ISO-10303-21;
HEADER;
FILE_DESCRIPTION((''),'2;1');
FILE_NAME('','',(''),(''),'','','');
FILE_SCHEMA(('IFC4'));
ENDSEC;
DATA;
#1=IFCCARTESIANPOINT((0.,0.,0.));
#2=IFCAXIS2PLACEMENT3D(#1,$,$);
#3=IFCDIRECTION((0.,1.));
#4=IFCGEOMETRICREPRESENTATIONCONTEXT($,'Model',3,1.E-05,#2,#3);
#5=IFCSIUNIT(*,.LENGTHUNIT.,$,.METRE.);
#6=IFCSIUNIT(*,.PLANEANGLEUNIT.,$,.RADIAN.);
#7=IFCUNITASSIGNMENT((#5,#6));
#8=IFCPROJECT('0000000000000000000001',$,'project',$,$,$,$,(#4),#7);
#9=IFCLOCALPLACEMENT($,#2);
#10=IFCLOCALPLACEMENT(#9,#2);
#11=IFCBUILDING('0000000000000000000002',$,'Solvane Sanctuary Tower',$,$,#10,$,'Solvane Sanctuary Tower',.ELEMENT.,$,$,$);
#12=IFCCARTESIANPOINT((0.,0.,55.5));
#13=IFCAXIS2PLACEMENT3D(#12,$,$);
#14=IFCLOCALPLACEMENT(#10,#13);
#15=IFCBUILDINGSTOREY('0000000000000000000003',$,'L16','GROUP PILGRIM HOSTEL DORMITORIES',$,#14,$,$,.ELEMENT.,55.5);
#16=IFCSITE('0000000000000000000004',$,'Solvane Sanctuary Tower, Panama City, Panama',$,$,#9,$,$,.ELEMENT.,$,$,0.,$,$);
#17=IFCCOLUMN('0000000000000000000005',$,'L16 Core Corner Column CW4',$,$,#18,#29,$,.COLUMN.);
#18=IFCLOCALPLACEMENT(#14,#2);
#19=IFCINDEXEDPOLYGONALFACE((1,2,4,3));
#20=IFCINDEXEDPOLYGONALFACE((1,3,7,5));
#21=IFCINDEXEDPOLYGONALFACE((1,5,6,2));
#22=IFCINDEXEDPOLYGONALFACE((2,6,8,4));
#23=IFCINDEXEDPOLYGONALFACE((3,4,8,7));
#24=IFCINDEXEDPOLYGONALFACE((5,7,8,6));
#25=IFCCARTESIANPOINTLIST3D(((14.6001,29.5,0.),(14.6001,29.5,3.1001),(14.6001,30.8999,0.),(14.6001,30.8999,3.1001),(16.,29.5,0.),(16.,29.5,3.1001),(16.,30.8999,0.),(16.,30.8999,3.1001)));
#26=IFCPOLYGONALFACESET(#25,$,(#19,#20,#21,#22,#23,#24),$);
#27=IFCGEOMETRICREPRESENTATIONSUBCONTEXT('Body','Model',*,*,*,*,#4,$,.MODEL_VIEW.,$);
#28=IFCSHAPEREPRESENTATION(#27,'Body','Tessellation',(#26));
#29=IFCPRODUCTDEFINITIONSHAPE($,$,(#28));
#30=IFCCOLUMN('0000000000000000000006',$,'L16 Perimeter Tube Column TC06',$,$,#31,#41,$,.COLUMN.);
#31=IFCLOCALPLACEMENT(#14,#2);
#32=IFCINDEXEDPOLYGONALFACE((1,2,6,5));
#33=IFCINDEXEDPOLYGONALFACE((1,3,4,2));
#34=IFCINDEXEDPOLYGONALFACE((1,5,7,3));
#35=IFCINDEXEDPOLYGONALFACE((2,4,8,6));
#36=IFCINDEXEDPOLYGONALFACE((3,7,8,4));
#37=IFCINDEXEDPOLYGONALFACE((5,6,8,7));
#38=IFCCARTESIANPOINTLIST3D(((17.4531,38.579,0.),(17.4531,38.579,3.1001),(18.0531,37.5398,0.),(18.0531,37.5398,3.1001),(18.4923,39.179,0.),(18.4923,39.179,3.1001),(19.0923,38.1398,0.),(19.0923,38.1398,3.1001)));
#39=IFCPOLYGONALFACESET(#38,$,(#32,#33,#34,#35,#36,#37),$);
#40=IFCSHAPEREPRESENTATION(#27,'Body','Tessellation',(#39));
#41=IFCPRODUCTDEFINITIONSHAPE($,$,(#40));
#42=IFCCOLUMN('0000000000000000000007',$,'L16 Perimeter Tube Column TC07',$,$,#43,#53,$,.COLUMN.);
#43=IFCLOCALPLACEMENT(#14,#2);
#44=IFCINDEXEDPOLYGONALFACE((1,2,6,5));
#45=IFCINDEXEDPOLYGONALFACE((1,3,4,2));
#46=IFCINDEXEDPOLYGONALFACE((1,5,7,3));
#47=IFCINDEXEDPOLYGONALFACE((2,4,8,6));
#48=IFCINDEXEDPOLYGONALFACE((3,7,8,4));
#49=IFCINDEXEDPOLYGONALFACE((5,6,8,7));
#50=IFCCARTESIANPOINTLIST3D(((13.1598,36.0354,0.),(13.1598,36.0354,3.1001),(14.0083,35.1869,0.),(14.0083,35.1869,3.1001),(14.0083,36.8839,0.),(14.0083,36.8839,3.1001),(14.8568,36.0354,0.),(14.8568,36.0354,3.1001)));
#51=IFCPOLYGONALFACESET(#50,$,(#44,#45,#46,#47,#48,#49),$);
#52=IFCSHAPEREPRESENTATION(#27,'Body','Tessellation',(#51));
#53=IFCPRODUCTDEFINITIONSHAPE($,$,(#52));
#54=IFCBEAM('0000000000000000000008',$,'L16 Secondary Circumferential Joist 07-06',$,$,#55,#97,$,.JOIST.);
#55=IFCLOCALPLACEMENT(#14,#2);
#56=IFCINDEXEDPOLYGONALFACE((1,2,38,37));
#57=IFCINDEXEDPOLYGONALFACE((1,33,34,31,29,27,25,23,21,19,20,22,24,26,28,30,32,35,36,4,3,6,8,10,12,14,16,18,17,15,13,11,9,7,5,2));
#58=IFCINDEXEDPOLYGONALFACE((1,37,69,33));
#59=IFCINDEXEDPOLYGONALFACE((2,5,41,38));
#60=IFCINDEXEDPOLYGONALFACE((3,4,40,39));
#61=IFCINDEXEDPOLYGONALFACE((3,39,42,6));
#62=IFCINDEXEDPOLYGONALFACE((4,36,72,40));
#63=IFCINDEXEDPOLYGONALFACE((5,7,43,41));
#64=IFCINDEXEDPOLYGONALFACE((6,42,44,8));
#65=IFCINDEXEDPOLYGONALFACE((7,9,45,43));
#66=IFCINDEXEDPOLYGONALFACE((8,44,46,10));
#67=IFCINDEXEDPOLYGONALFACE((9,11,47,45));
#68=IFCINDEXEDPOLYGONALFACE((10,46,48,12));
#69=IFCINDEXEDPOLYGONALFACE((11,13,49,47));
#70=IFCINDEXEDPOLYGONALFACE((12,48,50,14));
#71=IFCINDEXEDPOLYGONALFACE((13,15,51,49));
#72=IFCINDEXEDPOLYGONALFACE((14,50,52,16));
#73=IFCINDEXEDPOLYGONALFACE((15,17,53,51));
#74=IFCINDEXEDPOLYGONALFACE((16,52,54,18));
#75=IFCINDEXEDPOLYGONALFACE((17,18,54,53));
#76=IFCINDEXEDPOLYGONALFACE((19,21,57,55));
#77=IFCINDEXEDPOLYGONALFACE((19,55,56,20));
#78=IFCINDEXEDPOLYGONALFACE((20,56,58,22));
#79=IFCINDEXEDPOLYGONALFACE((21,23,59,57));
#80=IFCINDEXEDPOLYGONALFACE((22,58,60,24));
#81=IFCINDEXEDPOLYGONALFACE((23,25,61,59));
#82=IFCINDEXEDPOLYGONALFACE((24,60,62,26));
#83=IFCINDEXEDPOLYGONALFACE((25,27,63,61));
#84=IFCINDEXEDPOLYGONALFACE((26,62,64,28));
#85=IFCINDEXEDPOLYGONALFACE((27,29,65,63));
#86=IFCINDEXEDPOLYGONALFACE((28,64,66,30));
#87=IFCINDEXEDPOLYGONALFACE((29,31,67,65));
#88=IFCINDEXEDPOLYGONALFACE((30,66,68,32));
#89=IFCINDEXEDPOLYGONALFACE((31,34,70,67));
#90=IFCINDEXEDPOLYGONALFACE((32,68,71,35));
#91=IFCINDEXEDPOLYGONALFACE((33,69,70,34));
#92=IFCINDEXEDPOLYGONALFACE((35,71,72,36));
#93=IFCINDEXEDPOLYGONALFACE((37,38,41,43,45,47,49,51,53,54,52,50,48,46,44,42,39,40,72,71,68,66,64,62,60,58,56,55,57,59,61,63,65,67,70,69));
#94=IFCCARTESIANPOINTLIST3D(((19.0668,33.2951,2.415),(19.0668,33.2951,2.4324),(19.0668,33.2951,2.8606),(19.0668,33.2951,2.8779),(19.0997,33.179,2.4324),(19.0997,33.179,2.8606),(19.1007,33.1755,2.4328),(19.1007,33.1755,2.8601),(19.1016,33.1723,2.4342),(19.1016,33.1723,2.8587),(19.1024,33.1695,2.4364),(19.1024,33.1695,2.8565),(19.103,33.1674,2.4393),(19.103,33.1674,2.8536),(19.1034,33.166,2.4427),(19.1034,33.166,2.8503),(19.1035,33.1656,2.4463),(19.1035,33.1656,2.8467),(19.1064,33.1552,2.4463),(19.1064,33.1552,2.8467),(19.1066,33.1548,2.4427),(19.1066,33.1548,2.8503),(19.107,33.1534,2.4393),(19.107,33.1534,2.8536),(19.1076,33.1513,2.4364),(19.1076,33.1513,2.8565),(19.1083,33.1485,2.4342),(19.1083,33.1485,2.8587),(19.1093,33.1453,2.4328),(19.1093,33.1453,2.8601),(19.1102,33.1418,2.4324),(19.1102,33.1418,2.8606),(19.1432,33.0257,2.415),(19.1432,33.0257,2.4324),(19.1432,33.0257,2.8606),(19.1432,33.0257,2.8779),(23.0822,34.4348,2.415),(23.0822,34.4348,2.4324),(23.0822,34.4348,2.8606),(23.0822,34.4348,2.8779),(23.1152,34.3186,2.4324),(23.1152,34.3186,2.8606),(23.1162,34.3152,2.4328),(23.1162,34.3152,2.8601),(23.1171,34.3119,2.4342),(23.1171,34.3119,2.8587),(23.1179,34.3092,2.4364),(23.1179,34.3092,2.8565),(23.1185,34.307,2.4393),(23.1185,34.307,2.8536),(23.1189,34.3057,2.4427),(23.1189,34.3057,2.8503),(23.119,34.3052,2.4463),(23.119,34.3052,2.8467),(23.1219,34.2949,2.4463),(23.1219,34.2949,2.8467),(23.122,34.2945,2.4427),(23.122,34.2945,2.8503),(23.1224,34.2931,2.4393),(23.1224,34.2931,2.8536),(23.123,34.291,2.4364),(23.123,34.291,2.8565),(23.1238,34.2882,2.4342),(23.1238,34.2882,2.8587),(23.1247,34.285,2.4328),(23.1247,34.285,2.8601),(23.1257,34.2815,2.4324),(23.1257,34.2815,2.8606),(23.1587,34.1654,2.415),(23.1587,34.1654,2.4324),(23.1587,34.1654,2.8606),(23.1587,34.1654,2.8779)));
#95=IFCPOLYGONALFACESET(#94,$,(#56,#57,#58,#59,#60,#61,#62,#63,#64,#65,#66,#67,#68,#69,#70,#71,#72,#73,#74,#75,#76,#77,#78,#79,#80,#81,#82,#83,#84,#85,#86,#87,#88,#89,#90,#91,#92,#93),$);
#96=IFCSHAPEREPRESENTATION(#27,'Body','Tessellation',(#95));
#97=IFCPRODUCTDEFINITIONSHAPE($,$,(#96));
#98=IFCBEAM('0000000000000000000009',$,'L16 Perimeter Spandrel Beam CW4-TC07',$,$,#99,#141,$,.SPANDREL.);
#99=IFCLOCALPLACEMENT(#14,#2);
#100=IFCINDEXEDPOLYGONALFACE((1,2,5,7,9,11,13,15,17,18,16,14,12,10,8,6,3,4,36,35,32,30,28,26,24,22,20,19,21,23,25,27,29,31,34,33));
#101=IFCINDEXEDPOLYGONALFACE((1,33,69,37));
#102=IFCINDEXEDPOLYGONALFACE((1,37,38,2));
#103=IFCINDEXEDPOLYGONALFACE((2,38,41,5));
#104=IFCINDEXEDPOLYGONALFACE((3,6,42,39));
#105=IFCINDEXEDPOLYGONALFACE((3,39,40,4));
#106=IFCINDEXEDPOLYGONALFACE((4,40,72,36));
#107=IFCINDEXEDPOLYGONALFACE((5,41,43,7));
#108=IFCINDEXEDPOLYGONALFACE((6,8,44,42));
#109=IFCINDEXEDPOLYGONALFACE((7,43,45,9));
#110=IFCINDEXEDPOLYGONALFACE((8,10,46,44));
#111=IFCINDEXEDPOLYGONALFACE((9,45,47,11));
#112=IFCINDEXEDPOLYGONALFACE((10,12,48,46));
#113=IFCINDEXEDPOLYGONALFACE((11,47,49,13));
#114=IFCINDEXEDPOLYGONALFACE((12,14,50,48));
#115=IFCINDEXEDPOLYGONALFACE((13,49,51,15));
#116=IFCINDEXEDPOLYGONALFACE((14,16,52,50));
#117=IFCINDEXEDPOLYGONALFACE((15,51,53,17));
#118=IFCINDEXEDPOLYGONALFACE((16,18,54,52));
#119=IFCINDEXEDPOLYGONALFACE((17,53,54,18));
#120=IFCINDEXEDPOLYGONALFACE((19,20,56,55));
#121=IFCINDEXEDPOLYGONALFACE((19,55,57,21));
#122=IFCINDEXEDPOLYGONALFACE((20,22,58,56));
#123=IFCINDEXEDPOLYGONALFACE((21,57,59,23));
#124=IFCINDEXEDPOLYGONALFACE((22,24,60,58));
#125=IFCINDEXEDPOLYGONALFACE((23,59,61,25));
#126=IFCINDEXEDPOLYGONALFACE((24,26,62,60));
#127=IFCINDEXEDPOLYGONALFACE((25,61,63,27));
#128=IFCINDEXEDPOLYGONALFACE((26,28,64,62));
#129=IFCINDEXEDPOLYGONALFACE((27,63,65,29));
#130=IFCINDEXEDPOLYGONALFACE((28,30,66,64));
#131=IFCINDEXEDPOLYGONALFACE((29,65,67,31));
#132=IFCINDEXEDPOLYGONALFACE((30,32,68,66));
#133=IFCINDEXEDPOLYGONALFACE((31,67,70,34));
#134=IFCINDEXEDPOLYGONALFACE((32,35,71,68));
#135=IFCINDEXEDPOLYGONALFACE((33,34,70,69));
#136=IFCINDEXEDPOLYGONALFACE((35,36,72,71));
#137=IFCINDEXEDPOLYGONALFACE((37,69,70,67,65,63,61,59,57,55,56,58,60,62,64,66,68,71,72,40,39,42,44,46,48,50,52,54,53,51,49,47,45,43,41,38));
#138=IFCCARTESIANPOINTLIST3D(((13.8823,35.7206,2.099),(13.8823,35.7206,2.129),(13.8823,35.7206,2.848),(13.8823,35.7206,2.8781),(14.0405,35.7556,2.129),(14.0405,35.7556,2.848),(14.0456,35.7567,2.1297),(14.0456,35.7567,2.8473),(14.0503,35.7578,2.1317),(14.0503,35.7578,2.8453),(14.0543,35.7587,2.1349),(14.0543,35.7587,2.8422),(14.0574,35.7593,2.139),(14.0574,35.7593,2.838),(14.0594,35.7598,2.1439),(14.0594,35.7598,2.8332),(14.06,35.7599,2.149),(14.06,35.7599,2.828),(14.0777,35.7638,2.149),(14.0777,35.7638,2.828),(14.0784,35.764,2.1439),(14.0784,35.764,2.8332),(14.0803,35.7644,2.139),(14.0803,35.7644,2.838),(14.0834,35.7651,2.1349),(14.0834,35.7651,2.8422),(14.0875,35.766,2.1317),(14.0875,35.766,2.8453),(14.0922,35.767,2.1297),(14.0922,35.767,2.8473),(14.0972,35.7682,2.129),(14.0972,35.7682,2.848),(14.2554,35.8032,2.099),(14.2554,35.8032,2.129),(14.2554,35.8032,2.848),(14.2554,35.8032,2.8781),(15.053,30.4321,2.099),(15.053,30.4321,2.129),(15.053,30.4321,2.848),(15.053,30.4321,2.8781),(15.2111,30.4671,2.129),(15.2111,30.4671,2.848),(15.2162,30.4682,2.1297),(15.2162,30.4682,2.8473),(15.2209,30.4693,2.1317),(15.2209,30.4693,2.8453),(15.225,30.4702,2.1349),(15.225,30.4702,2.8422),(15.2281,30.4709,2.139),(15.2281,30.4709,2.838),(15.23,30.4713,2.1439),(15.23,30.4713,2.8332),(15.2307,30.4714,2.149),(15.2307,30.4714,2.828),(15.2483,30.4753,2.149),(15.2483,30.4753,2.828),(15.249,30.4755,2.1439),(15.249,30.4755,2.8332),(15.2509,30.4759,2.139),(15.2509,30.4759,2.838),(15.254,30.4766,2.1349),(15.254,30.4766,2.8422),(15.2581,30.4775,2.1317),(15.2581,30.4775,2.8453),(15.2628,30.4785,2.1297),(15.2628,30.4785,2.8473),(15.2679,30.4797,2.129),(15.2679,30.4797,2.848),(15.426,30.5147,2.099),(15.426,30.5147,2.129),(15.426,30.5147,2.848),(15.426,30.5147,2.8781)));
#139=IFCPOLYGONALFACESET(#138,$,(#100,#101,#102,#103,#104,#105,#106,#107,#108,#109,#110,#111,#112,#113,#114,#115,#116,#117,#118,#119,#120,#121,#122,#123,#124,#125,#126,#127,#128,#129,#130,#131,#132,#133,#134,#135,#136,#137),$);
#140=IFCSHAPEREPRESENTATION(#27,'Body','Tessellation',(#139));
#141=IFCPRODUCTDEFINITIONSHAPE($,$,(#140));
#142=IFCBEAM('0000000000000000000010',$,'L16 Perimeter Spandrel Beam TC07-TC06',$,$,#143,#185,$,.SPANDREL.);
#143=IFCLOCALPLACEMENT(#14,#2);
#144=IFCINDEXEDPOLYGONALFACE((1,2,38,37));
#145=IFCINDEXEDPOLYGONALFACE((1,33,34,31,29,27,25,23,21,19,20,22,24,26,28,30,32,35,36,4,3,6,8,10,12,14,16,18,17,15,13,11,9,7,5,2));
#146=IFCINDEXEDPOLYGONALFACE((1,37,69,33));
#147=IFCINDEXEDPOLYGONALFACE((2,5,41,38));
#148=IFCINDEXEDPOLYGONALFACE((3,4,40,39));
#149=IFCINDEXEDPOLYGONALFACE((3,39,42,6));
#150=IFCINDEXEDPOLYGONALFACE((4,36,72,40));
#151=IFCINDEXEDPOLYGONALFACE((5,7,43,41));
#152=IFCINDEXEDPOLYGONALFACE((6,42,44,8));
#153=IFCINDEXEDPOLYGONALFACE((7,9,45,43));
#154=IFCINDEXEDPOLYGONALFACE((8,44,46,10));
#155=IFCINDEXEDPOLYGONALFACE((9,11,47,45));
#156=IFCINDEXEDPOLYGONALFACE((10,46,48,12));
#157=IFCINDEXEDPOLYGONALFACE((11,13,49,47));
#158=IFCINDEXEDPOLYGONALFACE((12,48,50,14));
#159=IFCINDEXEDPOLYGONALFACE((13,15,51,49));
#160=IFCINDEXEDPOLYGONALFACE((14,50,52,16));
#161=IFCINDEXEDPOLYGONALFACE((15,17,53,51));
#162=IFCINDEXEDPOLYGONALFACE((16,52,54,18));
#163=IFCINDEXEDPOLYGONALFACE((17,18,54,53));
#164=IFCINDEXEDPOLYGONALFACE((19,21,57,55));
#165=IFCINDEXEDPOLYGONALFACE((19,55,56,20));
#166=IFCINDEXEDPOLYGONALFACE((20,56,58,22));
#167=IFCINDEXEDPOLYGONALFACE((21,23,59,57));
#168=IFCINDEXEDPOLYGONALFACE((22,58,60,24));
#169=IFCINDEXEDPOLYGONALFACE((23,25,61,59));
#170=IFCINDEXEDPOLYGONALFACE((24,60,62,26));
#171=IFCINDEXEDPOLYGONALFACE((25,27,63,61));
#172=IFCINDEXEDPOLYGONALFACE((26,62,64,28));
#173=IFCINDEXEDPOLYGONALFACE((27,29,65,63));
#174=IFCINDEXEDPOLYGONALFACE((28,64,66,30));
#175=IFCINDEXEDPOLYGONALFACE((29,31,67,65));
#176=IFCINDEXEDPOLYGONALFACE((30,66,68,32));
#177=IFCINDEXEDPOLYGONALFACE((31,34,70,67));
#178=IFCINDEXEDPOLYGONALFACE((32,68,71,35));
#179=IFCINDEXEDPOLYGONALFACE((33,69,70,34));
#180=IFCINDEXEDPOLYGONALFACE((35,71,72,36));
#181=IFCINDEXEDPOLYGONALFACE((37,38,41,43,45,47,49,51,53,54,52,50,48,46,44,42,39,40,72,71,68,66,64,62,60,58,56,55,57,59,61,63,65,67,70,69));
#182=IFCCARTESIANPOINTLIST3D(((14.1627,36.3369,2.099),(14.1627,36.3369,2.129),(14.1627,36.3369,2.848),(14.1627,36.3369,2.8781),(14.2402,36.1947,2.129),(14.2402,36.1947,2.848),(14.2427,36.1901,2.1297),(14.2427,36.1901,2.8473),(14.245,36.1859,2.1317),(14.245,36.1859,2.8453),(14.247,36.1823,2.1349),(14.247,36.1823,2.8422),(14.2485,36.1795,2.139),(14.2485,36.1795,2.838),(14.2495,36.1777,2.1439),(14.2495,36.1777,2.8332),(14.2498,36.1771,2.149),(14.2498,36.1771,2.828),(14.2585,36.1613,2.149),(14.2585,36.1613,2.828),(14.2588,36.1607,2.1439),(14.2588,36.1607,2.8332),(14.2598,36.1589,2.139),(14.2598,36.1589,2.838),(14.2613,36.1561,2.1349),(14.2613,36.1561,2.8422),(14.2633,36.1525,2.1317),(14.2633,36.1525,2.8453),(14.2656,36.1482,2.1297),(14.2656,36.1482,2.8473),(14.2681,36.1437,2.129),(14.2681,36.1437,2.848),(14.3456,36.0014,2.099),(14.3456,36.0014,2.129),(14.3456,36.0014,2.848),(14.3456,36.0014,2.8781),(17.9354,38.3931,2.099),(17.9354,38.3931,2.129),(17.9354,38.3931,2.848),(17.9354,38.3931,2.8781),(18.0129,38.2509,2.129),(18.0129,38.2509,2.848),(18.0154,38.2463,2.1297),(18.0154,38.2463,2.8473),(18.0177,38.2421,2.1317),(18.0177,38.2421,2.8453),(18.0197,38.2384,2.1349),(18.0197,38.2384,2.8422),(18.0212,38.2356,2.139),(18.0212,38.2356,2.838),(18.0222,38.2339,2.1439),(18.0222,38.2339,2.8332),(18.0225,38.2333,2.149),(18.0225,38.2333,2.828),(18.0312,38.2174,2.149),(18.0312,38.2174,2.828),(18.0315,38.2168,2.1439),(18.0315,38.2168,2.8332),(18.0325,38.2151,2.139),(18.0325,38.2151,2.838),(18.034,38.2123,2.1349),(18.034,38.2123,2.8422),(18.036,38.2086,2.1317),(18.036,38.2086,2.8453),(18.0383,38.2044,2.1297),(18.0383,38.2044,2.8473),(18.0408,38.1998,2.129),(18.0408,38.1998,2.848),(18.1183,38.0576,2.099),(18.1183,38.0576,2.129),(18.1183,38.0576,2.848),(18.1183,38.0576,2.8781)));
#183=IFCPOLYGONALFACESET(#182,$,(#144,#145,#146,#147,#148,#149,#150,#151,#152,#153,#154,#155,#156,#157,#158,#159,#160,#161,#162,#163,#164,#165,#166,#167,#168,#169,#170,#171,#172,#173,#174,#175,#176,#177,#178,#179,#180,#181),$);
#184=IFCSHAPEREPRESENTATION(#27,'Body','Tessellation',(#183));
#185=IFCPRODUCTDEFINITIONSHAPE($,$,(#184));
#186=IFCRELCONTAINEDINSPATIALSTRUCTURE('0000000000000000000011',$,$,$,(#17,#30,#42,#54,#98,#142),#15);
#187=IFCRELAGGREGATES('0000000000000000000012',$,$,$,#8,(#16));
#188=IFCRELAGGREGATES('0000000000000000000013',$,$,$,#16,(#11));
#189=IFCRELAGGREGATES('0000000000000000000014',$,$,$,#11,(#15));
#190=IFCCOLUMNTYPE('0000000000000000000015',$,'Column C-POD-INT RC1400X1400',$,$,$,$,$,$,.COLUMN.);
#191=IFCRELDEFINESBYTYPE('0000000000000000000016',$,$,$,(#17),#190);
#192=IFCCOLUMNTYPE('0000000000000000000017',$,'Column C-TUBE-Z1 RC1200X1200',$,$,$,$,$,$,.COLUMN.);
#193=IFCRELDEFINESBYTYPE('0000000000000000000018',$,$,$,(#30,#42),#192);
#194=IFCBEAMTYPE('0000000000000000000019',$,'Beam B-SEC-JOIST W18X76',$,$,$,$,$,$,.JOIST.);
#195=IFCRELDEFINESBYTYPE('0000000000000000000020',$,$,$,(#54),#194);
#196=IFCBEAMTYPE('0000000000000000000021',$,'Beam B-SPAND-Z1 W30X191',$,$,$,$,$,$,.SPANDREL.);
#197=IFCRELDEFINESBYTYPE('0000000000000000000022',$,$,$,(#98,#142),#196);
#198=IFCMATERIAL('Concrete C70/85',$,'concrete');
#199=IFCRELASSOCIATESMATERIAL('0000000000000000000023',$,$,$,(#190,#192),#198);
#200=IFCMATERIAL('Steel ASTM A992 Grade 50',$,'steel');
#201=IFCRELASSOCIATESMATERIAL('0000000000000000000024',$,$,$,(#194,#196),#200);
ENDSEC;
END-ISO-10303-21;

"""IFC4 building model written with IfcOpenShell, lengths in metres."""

from ifc_helpers import new_model, si_unit, direction, frame, origin, origin_2d, place, context, subcontext, project, spatial, rectangle, i_section, extrude, material, material_profile, profile_set, type_object, element, save


model = new_model("IFC4")

# Units and contexts
model_context = context("Model", 3, precision=1e-05, world=origin(), true_north=direction((0.0, 1.0)))
body_context = subcontext(model_context, "Body", "Model", "MODEL_VIEW")
ifc_project = project(units=[si_unit("LENGTHUNIT", "METRE"), si_unit("PLANEANGLEUNIT", "RADIAN")], contexts=[model_context])

# Site, building, storey
site_placement = place(None, origin())
site = spatial("IfcSite", under=ifc_project, at=site_placement, Name="Solvane Sanctuary Tower, Panama City, Panama", CompositionType="ELEMENT", RefElevation=0.0)
building_placement = place(site_placement, origin())
building = spatial("IfcBuilding", under=site, at=building_placement, Name="Solvane Sanctuary Tower", LongName="Solvane Sanctuary Tower", CompositionType="ELEMENT")
storey_placement = place(building_placement, frame((0.0, 0.0, 55.5)))
storey = spatial("IfcBuildingStorey", under=building, at=storey_placement, Name="L16", Description="GROUP PILGRIM HOSTEL DORMITORIES", CompositionType="ELEMENT", Elevation=55.5)

# Columns
ifc_material_1 = material(Name="Concrete C70/85", Category="concrete")
ifc_material_profile_1 = material_profile(ifc_material_1, rectangle(XDim=1.3999, YDim=1.3999, at=origin_2d()), Name="RC1400X1400")
ifc_profile_set_1 = profile_set([ifc_material_profile_1], Name="Concrete C70/85")
column_type_1 = type_object("IfcColumnType", Name="Column C-POD-INT RC1400X1400", PredefinedType="COLUMN", material=ifc_profile_set_1)
column_placement = place(storey_placement, frame((15.3, 30.2, 0.0), z_axis=(0.0, 0.0, 1.0), x_axis=(1.0, 0.0, 0.0)))
element("IfcColumn", 1, at=column_placement, inside=storey, type_object=column_type_1, Name="L16 Core Corner Column CW4", PredefinedType="COLUMN", context=body_context, shape_type="SweptSolid", body=[
    extrude(rectangle(XDim=1.3999, YDim=1.3999, at=origin_2d()), origin(), (0.0, 0.0, 1.0), 3.1001),
])
ifc_material_profile_2 = material_profile(ifc_material_1, rectangle(XDim=1.2, YDim=1.2, at=origin_2d()), Name="RC1200X1200")
ifc_profile_set_2 = profile_set([ifc_material_profile_2], Name="Concrete C70/85")
column_type_2 = type_object("IfcColumnType", Name="Column C-TUBE-Z1 RC1200X1200", PredefinedType="COLUMN", material=ifc_profile_set_2)
for number, where, z_axis, x_axis, name in (
    (2, (18.2727, 38.3594, 0.0), (0.0, 0.0, 1.0), (-0.5, 0.866025, 0.0), "L16 Perimeter Tube Column TC06"),
    (3, (14.0083, 36.0354, 0.0), (0.0, 0.0, 1.0), (-0.707107, 0.707107, 0.0), "L16 Perimeter Tube Column TC07"),
):
    element("IfcColumn", number, at=place(storey_placement, frame(where, z_axis=z_axis, x_axis=x_axis)), inside=storey, type_object=column_type_2, Name=name, PredefinedType="COLUMN", context=body_context, shape_type="SweptSolid", body=[
        extrude(rectangle(XDim=1.2, YDim=1.2, at=origin_2d()), origin(), (0.0, 0.0, 1.0), 3.1001),
    ])

# Beams
ifc_material_2 = material(Name="Steel ASTM A992 Grade 50", Category="steel")
ifc_material_profile_3 = material_profile(ifc_material_2, i_section(OverallWidth=0.28, OverallDepth=0.4629, WebThickness=0.0107, FlangeThickness=0.0173, FilletRadius=0.0139, at=origin_2d()), Name="W18X76")
ifc_profile_set_3 = profile_set([ifc_material_profile_3], Name="Steel ASTM A992 Grade 50")
beam_type_1 = type_object("IfcBeamType", Name="Beam B-SEC-JOIST W18X76", PredefinedType="JOIST", material=ifc_profile_set_3)
beam_1_placement = place(storey_placement, frame((19.105, 33.1604, 2.6465), z_axis=(0.962004, 0.273037, 0.0), x_axis=(-0.273037, 0.962004, 0.0)))
element("IfcBeam", 4, at=beam_1_placement, inside=storey, type_object=beam_type_1, Name="L16 Secondary Circumferential Joist 07-06", PredefinedType="JOIST", context=body_context, shape_type="SweptSolid", body=[
    extrude(i_section(OverallWidth=0.28, OverallDepth=0.4629, WebThickness=0.0107, FlangeThickness=0.0173, FilletRadius=0.0139, at=origin_2d()), origin(), (0.0, 0.0, 1.0), 4.1741),
])
ifc_material_profile_4 = material_profile(ifc_material_2, i_section(OverallWidth=0.3821, OverallDepth=0.7791, WebThickness=0.0181, FlangeThickness=0.03, FilletRadius=0.02, at=origin_2d()), Name="W30X191")
ifc_profile_set_4 = profile_set([ifc_material_profile_4], Name="Steel ASTM A992 Grade 50")
beam_type_2 = type_object("IfcBeamType", Name="Beam B-SPAND-Z1 W30X191", PredefinedType="SPANDREL", material=ifc_profile_set_4)
beam_2_placement = place(storey_placement, frame((15.2395, 30.4734, 2.4885), z_axis=(-0.216124, 0.976366, 0.0), x_axis=(-0.976366, -0.216124, 0.0)))
element("IfcBeam", 5, at=beam_2_placement, inside=storey, type_object=beam_type_2, Name="L16 Perimeter Spandrel Beam CW4-TC07", PredefinedType="SPANDREL", context=body_context, shape_type="SweptSolid", body=[
    extrude(i_section(OverallWidth=0.3821, OverallDepth=0.7791, WebThickness=0.0181, FlangeThickness=0.03, FilletRadius=0.02, at=origin_2d()), origin(), (0.0, 0.0, 1.0), 5.4165),
])
beam_3_placement = place(storey_placement, frame((14.2542, 36.1692, 2.4885), z_axis=(0.878061, 0.47855, 0.0), x_axis=(-0.47855, 0.878061, 0.0)))
element("IfcBeam", 6, at=beam_3_placement, inside=storey, type_object=beam_type_2, Name="L16 Perimeter Spandrel Beam TC07-TC06", PredefinedType="SPANDREL", context=body_context, shape_type="SweptSolid", body=[
    extrude(i_section(OverallWidth=0.3821, OverallDepth=0.7791, WebThickness=0.0181, FlangeThickness=0.03, FilletRadius=0.02, at=origin_2d()), origin(), (0.0, 0.0, 1.0), 4.2966),
])

save(model, "model.ifc")
